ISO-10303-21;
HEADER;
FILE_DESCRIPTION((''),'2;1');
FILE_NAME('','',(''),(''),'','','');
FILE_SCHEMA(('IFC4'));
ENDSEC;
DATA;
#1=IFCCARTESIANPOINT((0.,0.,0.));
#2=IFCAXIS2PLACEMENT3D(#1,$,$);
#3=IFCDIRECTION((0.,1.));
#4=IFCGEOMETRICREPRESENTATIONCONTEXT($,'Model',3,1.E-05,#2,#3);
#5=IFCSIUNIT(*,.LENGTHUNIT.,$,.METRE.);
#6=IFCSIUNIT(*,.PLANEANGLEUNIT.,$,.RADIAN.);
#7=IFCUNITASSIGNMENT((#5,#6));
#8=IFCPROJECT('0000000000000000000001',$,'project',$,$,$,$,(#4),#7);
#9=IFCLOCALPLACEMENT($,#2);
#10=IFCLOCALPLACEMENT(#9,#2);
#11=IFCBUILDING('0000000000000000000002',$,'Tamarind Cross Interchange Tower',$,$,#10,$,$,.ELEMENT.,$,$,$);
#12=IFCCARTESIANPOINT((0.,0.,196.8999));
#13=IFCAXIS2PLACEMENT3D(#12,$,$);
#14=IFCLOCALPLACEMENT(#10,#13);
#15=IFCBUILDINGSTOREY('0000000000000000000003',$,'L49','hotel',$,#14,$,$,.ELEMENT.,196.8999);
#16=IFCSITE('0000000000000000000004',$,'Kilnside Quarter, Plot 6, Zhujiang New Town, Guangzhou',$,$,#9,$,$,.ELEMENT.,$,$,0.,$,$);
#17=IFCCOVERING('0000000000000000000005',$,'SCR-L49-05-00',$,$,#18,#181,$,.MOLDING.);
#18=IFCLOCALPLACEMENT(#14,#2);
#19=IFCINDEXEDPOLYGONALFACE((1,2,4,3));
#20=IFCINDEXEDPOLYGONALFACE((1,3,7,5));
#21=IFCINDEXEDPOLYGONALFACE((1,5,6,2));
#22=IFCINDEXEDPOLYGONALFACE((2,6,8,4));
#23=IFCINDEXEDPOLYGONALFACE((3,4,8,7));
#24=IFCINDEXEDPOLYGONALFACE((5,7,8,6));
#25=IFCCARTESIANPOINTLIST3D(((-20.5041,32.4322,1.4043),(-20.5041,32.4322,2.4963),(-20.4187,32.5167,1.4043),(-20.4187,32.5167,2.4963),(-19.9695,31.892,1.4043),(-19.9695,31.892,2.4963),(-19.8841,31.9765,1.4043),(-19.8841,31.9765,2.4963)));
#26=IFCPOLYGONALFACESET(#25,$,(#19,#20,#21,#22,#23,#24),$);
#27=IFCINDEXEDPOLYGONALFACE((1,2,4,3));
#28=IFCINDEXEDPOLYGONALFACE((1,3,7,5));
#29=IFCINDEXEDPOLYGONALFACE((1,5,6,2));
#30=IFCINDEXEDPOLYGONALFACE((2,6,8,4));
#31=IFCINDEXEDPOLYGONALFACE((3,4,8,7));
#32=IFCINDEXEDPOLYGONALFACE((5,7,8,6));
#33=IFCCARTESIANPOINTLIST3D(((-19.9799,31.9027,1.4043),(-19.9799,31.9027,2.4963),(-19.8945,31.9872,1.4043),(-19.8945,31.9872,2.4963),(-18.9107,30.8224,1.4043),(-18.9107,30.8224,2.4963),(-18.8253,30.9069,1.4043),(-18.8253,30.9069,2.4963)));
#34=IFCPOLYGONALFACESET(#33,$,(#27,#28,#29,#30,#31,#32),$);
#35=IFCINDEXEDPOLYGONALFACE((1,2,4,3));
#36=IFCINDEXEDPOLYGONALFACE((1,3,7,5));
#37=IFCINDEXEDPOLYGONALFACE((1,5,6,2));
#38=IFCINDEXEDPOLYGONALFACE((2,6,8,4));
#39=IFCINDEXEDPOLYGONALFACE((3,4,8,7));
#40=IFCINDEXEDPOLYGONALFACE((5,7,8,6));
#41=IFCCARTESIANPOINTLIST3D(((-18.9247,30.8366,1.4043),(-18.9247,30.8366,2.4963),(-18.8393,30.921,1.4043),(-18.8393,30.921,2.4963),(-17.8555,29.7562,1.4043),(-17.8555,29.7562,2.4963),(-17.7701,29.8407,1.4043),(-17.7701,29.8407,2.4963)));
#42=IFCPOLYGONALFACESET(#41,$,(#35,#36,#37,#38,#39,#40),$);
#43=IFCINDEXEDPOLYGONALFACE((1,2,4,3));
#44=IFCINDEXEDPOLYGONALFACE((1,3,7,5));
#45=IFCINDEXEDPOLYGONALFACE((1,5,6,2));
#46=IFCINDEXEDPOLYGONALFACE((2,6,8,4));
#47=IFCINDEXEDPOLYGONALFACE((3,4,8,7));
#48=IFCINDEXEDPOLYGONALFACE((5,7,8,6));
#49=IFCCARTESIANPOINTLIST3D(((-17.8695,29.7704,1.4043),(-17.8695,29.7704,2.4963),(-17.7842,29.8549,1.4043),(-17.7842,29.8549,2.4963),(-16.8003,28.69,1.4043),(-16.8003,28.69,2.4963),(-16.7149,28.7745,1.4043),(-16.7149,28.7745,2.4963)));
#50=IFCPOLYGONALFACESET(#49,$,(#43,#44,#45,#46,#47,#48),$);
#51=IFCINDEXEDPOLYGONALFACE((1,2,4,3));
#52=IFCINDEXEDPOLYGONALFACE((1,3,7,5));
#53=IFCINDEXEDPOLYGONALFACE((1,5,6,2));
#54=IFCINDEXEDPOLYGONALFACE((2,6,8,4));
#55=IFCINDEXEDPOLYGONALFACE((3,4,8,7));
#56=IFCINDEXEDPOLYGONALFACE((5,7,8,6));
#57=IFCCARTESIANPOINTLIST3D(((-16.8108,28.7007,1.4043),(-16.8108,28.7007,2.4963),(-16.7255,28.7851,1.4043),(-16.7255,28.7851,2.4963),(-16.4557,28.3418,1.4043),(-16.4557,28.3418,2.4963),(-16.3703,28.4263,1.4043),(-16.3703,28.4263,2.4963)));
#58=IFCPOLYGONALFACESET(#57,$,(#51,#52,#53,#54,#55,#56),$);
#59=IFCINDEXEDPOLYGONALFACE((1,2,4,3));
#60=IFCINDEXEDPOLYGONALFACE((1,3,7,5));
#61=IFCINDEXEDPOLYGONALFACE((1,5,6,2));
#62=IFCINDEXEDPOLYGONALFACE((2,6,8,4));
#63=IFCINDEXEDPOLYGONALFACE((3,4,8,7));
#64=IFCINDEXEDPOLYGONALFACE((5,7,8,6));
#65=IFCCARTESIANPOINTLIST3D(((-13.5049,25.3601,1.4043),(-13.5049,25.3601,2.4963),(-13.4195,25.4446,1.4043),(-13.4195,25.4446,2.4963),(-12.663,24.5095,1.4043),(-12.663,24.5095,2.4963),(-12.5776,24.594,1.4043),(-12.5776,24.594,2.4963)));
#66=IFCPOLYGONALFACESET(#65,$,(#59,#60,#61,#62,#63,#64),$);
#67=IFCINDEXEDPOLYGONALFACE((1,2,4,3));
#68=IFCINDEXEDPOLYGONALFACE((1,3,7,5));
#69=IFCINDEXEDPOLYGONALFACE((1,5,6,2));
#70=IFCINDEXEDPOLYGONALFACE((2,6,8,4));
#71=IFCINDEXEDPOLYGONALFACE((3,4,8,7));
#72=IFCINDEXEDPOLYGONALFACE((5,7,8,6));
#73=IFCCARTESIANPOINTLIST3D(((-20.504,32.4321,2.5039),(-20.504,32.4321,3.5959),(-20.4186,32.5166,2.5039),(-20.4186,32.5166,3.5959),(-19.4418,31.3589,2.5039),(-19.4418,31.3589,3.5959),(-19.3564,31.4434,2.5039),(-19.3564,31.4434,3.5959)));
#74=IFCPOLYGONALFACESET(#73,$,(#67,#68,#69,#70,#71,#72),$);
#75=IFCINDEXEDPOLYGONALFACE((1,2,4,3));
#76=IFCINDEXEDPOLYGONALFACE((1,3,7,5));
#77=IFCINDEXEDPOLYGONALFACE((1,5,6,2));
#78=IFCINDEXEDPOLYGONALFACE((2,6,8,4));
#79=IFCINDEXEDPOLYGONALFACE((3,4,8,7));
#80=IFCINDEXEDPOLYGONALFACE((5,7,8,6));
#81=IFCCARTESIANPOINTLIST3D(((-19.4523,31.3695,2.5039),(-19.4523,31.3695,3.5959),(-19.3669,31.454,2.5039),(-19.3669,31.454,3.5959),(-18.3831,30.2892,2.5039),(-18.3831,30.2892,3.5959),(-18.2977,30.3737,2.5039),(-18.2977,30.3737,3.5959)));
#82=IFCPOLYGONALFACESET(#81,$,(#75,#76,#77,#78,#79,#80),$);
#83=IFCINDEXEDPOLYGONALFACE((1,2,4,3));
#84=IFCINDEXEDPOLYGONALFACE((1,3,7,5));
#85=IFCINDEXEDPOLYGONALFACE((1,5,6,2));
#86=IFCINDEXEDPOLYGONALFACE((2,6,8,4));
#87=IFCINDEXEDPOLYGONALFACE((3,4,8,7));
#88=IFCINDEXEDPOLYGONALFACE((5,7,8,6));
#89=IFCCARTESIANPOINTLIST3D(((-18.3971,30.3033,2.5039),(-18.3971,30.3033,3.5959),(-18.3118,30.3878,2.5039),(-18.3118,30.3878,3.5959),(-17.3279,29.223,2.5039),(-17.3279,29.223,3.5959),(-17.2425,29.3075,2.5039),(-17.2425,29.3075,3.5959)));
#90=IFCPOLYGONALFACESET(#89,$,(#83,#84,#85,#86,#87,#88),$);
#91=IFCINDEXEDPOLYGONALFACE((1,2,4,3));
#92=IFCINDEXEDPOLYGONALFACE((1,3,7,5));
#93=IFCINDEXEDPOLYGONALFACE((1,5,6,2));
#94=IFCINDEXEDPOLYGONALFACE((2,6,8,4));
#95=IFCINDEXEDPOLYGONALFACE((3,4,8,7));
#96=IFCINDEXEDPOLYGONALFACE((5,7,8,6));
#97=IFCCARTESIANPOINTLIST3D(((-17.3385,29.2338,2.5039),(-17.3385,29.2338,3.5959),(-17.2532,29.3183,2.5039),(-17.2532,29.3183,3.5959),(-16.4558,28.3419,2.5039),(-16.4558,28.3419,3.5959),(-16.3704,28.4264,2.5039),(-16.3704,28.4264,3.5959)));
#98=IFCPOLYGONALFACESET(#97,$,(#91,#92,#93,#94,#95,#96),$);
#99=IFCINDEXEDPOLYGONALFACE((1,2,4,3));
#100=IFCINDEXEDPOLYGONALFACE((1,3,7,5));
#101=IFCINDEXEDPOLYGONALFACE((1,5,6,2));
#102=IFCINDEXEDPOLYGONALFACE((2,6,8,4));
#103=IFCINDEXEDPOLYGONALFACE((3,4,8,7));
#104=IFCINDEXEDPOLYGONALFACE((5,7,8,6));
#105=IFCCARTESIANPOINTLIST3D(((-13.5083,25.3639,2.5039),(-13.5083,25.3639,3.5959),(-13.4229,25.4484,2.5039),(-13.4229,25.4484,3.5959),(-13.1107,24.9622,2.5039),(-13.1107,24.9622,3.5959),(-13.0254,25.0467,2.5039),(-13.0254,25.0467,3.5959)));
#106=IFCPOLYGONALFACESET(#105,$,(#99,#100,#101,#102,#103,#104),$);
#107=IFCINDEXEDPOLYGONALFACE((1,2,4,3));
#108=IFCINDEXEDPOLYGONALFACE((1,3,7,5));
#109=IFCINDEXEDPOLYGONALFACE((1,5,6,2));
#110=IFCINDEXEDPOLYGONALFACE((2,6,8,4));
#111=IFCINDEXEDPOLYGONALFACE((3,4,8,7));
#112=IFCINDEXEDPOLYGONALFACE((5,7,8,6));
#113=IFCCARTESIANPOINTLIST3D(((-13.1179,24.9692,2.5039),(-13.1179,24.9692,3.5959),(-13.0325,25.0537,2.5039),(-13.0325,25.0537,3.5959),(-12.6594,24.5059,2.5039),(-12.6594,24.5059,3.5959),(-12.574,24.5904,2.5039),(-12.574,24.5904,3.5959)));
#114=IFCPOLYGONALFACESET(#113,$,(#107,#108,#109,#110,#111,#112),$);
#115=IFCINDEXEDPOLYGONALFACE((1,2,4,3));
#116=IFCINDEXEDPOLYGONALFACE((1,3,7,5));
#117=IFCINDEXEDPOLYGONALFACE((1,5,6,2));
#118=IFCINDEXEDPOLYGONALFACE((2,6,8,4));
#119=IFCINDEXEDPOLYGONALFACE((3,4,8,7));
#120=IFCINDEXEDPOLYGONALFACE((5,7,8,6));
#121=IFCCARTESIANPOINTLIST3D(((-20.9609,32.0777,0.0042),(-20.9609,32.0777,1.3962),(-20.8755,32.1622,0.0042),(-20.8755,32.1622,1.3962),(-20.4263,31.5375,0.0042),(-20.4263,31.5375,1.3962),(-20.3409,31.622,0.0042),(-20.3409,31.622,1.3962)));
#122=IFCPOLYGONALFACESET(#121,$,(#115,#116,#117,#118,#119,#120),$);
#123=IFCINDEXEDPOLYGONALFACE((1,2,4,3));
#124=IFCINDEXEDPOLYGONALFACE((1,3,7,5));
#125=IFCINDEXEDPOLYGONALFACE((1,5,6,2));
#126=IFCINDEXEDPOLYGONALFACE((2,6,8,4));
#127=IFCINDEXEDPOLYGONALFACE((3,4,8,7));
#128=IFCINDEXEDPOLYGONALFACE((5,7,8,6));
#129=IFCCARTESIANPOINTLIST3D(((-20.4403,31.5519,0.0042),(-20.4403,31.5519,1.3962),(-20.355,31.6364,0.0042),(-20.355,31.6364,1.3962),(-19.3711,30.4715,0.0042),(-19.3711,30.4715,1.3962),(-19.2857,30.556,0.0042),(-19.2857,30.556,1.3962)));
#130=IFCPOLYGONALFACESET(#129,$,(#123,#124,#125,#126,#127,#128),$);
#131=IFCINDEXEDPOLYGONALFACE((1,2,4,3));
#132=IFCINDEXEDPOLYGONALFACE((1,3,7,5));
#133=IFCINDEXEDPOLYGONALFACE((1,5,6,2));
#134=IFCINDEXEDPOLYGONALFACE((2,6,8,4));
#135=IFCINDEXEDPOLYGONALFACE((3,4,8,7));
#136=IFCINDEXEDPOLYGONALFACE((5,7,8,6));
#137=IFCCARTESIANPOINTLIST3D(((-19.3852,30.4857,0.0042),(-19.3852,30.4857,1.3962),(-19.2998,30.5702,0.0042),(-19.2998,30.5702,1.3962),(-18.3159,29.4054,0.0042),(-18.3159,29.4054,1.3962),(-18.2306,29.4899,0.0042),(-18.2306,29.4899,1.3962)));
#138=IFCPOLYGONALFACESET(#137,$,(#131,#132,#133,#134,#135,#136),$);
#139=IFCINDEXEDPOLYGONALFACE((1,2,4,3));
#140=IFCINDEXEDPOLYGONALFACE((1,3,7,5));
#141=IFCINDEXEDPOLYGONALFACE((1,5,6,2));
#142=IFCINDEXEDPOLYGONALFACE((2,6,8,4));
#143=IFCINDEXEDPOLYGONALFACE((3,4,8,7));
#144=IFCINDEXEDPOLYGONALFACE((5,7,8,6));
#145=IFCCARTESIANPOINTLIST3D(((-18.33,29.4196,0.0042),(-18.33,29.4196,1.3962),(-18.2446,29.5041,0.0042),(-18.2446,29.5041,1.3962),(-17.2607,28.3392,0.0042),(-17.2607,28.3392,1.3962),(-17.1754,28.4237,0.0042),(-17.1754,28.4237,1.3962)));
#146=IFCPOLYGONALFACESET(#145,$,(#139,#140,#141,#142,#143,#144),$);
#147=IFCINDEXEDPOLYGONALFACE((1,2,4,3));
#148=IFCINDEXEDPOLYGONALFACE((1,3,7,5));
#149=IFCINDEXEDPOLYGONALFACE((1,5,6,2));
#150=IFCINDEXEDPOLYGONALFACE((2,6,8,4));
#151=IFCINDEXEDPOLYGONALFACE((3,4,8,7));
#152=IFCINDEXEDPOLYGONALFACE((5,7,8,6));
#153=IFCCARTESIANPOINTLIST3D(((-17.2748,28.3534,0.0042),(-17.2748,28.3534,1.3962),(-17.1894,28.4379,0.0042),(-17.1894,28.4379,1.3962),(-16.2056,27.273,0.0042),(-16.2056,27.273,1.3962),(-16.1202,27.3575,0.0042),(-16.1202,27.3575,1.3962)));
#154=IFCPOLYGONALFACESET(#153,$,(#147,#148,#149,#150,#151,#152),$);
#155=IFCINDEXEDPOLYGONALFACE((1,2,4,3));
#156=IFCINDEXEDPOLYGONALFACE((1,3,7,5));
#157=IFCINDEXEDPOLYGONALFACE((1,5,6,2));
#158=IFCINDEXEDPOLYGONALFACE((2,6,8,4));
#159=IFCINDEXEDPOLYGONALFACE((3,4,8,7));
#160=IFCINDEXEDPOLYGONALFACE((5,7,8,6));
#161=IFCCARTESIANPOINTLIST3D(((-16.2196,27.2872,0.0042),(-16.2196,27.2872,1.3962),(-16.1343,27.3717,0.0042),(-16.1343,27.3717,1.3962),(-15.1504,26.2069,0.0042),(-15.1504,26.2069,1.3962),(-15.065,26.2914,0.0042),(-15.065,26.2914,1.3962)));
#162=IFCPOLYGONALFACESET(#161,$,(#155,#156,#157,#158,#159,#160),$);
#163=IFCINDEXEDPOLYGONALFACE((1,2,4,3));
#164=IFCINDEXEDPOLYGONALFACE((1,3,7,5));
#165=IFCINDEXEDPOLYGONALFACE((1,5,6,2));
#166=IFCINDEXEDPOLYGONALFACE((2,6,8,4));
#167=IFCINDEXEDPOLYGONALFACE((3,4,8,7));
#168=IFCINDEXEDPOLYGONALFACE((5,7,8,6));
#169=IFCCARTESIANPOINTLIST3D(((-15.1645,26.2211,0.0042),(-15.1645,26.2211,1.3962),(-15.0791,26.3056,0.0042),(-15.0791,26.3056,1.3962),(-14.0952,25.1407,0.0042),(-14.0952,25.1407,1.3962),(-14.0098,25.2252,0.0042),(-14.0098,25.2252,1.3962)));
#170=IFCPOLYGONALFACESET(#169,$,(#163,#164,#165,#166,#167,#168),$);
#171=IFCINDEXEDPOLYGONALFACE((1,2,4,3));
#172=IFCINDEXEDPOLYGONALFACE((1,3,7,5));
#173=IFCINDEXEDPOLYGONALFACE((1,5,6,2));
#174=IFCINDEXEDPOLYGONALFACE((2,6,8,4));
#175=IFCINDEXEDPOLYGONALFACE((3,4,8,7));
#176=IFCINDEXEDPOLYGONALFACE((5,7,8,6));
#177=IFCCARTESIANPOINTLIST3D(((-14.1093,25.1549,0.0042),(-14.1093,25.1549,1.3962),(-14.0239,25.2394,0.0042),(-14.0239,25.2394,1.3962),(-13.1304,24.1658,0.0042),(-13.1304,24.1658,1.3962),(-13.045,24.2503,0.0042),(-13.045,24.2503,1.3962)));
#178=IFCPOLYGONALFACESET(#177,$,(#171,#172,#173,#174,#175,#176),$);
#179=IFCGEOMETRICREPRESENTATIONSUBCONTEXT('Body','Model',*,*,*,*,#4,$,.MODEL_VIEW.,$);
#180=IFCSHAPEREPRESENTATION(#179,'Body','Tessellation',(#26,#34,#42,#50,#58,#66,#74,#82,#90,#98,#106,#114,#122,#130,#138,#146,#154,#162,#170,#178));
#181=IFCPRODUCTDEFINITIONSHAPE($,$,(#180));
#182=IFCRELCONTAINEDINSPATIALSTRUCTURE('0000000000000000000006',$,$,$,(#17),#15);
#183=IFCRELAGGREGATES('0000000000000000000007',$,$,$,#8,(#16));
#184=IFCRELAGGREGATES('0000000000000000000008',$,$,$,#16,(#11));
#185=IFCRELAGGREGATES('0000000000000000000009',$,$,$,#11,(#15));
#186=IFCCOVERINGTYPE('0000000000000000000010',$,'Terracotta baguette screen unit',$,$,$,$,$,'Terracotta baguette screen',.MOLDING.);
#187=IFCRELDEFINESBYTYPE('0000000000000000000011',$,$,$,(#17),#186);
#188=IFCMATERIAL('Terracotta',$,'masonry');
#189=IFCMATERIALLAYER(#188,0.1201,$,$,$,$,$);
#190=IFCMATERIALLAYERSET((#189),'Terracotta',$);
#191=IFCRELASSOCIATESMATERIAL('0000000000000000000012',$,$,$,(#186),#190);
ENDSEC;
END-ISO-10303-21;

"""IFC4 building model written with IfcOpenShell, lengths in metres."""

from ifc_helpers import new_model, si_unit, direction, frame, origin, origin_2d, place, context, subcontext, project, spatial, rectangle, extrude, material, layer, layer_set, type_object, element, save


model = new_model("IFC4")

# Units and contexts
model_context = context("Model", 3, precision=1e-05, world=origin(), true_north=direction((0.0, 1.0)))
body_context = subcontext(model_context, "Body", "Model", "MODEL_VIEW")
ifc_project = project(units=[si_unit("LENGTHUNIT", "METRE"), si_unit("PLANEANGLEUNIT", "RADIAN")], contexts=[model_context])

# Site, building, storey
site_placement = place(None, origin())
site = spatial("IfcSite", under=ifc_project, at=site_placement, Name="Kilnside Quarter, Plot 6, Zhujiang New Town, Guangzhou", CompositionType="ELEMENT", RefElevation=0.0)
building_placement = place(site_placement, origin())
building = spatial("IfcBuilding", under=site, at=building_placement, Name="Tamarind Cross Interchange Tower", CompositionType="ELEMENT")
storey_placement = place(building_placement, frame((0.0, 0.0, 196.8999)))
storey = spatial("IfcBuildingStorey", under=building, at=storey_placement, Name="L49", Description="hotel", CompositionType="ELEMENT", Elevation=196.8999)

# Covering
ifc_material_1 = material(Name="Terracotta", Category="masonry")
ifc_layer_1 = layer(ifc_material_1, 0.1201)
ifc_layer_set_1 = layer_set([ifc_layer_1], Name="Terracotta")
covering_type = type_object("IfcCoveringType", Name="Terracotta baguette screen unit", ElementType="Terracotta baguette screen", PredefinedType="MOLDING", material=ifc_layer_set_1)
covering_1_placement = place(storey_placement, origin())
element("IfcCovering", 1, at=covering_1_placement, inside=storey, type_object=covering_type, Name="SCR-L49-05-00", PredefinedType="MOLDING", context=body_context, shape_type="SweptSolid", body=[
    extrude(rectangle(XDim=0.76, YDim=0.1201, at=origin_2d()), frame((-20.1941, 32.2043, 1.4043), z_axis=(0.0, 0.0, 1.0), x_axis=(0.703444, -0.710751, 0.0)), (0.0, 0.0, 1.0), 1.092),
    extrude(rectangle(XDim=1.52, YDim=0.1201, at=origin_2d()), frame((-19.4026, 31.4048, 1.4043), z_axis=(0.0, 0.0, 1.0), x_axis=(0.703444, -0.710751, 0.0)), (0.0, 0.0, 1.0), 1.092),
    extrude(rectangle(XDim=1.52, YDim=0.1201, at=origin_2d()), frame((-18.3474, 30.3386, 1.4043), z_axis=(0.0, 0.0, 1.0), x_axis=(0.703444, -0.710751, 0.0)), (0.0, 0.0, 1.0), 1.092),
    extrude(rectangle(XDim=1.52, YDim=0.1201, at=origin_2d()), frame((-17.2922, 29.2725, 1.4043), z_axis=(0.0, 0.0, 1.0), x_axis=(0.703444, -0.710751, 0.0)), (0.0, 0.0, 1.0), 1.092),
    extrude(rectangle(XDim=0.5049, YDim=0.1201, at=origin_2d()), frame((-16.5906, 28.5635, 1.4043), z_axis=(0.0, 0.0, 1.0), x_axis=(0.703444, -0.710751, 0.0)), (0.0, 0.0, 1.0), 1.092),
    extrude(rectangle(XDim=1.1968, YDim=0.1201, at=origin_2d()), frame((-13.0413, 24.9771, 1.4043), z_axis=(0.0, 0.0, 1.0), x_axis=(0.703444, -0.710751, 0.0)), (0.0, 0.0, 1.0), 1.092),
    extrude(rectangle(XDim=1.51, YDim=0.1201, at=origin_2d()), frame((-19.9302, 31.9377, 2.5039), z_axis=(0.0, 0.0, 1.0), x_axis=(0.703444, -0.710751, 0.0)), (0.0, 0.0, 1.0), 1.092),
    extrude(rectangle(XDim=1.52, YDim=0.1201, at=origin_2d()), frame((-18.875, 30.8716, 2.5039), z_axis=(0.0, 0.0, 1.0), x_axis=(0.703444, -0.710751, 0.0)), (0.0, 0.0, 1.0), 1.092),
    extrude(rectangle(XDim=1.52, YDim=0.1201, at=origin_2d()), frame((-17.8198, 29.8054, 2.5039), z_axis=(0.0, 0.0, 1.0), x_axis=(0.703444, -0.710751, 0.0)), (0.0, 0.0, 1.0), 1.092),
    extrude(rectangle(XDim=1.2549, YDim=0.1201, at=origin_2d()), frame((-16.8545, 28.8301, 2.5039), z_axis=(0.0, 0.0, 1.0), x_axis=(0.703444, -0.710751, 0.0)), (0.0, 0.0, 1.0), 1.092),
    extrude(rectangle(XDim=0.5652, YDim=0.1201, at=origin_2d()), frame((-13.2668, 25.2053, 2.5039), z_axis=(0.0, 0.0, 1.0), x_axis=(0.703444, -0.710751, 0.0)), (0.0, 0.0, 1.0), 1.092),
    extrude(rectangle(XDim=0.6519, YDim=0.1201, at=origin_2d()), frame((-12.8459, 24.7798, 2.5039), z_axis=(0.0, 0.0, 1.0), x_axis=(0.703444, -0.710751, 0.0)), (0.0, 0.0, 1.0), 1.092),
    extrude(rectangle(XDim=0.76, YDim=0.1201, at=origin_2d()), frame((-20.6509, 31.8499, 0.0042), z_axis=(0.0, 0.0, 1.0), x_axis=(0.703444, -0.710751, 0.0)), (0.0, 0.0, 1.0), 1.3921),
    extrude(rectangle(XDim=1.52, YDim=0.1201, at=origin_2d()), frame((-19.863, 31.054, 0.0042), z_axis=(0.0, 0.0, 1.0), x_axis=(0.703444, -0.710751, 0.0)), (0.0, 0.0, 1.0), 1.3921),
    extrude(rectangle(XDim=1.52, YDim=0.1201, at=origin_2d()), frame((-18.8079, 29.9878, 0.0042), z_axis=(0.0, 0.0, 1.0), x_axis=(0.703444, -0.710751, 0.0)), (0.0, 0.0, 1.0), 1.3921),
    extrude(rectangle(XDim=1.52, YDim=0.1201, at=origin_2d()), frame((-17.7527, 28.9216, 0.0042), z_axis=(0.0, 0.0, 1.0), x_axis=(0.703444, -0.710751, 0.0)), (0.0, 0.0, 1.0), 1.3921),
    extrude(rectangle(XDim=1.52, YDim=0.1201, at=origin_2d()), frame((-16.6975, 27.8555, 0.0042), z_axis=(0.0, 0.0, 1.0), x_axis=(0.703444, -0.710751, 0.0)), (0.0, 0.0, 1.0), 1.3921),
    extrude(rectangle(XDim=1.52, YDim=0.1201, at=origin_2d()), frame((-15.6423, 26.7893, 0.0042), z_axis=(0.0, 0.0, 1.0), x_axis=(0.703444, -0.710751, 0.0)), (0.0, 0.0, 1.0), 1.3921),
    extrude(rectangle(XDim=1.52, YDim=0.1201, at=origin_2d()), frame((-14.5872, 25.7231, 0.0042), z_axis=(0.0, 0.0, 1.0), x_axis=(0.703444, -0.710751, 0.0)), (0.0, 0.0, 1.0), 1.3921),
    extrude(rectangle(XDim=1.3916, YDim=0.1201, at=origin_2d()), frame((-13.5771, 24.7026, 0.0042), z_axis=(0.0, 0.0, 1.0), x_axis=(0.703444, -0.710751, 0.0)), (0.0, 0.0, 1.0), 1.3921),
])

save(model, "model.ifc")
